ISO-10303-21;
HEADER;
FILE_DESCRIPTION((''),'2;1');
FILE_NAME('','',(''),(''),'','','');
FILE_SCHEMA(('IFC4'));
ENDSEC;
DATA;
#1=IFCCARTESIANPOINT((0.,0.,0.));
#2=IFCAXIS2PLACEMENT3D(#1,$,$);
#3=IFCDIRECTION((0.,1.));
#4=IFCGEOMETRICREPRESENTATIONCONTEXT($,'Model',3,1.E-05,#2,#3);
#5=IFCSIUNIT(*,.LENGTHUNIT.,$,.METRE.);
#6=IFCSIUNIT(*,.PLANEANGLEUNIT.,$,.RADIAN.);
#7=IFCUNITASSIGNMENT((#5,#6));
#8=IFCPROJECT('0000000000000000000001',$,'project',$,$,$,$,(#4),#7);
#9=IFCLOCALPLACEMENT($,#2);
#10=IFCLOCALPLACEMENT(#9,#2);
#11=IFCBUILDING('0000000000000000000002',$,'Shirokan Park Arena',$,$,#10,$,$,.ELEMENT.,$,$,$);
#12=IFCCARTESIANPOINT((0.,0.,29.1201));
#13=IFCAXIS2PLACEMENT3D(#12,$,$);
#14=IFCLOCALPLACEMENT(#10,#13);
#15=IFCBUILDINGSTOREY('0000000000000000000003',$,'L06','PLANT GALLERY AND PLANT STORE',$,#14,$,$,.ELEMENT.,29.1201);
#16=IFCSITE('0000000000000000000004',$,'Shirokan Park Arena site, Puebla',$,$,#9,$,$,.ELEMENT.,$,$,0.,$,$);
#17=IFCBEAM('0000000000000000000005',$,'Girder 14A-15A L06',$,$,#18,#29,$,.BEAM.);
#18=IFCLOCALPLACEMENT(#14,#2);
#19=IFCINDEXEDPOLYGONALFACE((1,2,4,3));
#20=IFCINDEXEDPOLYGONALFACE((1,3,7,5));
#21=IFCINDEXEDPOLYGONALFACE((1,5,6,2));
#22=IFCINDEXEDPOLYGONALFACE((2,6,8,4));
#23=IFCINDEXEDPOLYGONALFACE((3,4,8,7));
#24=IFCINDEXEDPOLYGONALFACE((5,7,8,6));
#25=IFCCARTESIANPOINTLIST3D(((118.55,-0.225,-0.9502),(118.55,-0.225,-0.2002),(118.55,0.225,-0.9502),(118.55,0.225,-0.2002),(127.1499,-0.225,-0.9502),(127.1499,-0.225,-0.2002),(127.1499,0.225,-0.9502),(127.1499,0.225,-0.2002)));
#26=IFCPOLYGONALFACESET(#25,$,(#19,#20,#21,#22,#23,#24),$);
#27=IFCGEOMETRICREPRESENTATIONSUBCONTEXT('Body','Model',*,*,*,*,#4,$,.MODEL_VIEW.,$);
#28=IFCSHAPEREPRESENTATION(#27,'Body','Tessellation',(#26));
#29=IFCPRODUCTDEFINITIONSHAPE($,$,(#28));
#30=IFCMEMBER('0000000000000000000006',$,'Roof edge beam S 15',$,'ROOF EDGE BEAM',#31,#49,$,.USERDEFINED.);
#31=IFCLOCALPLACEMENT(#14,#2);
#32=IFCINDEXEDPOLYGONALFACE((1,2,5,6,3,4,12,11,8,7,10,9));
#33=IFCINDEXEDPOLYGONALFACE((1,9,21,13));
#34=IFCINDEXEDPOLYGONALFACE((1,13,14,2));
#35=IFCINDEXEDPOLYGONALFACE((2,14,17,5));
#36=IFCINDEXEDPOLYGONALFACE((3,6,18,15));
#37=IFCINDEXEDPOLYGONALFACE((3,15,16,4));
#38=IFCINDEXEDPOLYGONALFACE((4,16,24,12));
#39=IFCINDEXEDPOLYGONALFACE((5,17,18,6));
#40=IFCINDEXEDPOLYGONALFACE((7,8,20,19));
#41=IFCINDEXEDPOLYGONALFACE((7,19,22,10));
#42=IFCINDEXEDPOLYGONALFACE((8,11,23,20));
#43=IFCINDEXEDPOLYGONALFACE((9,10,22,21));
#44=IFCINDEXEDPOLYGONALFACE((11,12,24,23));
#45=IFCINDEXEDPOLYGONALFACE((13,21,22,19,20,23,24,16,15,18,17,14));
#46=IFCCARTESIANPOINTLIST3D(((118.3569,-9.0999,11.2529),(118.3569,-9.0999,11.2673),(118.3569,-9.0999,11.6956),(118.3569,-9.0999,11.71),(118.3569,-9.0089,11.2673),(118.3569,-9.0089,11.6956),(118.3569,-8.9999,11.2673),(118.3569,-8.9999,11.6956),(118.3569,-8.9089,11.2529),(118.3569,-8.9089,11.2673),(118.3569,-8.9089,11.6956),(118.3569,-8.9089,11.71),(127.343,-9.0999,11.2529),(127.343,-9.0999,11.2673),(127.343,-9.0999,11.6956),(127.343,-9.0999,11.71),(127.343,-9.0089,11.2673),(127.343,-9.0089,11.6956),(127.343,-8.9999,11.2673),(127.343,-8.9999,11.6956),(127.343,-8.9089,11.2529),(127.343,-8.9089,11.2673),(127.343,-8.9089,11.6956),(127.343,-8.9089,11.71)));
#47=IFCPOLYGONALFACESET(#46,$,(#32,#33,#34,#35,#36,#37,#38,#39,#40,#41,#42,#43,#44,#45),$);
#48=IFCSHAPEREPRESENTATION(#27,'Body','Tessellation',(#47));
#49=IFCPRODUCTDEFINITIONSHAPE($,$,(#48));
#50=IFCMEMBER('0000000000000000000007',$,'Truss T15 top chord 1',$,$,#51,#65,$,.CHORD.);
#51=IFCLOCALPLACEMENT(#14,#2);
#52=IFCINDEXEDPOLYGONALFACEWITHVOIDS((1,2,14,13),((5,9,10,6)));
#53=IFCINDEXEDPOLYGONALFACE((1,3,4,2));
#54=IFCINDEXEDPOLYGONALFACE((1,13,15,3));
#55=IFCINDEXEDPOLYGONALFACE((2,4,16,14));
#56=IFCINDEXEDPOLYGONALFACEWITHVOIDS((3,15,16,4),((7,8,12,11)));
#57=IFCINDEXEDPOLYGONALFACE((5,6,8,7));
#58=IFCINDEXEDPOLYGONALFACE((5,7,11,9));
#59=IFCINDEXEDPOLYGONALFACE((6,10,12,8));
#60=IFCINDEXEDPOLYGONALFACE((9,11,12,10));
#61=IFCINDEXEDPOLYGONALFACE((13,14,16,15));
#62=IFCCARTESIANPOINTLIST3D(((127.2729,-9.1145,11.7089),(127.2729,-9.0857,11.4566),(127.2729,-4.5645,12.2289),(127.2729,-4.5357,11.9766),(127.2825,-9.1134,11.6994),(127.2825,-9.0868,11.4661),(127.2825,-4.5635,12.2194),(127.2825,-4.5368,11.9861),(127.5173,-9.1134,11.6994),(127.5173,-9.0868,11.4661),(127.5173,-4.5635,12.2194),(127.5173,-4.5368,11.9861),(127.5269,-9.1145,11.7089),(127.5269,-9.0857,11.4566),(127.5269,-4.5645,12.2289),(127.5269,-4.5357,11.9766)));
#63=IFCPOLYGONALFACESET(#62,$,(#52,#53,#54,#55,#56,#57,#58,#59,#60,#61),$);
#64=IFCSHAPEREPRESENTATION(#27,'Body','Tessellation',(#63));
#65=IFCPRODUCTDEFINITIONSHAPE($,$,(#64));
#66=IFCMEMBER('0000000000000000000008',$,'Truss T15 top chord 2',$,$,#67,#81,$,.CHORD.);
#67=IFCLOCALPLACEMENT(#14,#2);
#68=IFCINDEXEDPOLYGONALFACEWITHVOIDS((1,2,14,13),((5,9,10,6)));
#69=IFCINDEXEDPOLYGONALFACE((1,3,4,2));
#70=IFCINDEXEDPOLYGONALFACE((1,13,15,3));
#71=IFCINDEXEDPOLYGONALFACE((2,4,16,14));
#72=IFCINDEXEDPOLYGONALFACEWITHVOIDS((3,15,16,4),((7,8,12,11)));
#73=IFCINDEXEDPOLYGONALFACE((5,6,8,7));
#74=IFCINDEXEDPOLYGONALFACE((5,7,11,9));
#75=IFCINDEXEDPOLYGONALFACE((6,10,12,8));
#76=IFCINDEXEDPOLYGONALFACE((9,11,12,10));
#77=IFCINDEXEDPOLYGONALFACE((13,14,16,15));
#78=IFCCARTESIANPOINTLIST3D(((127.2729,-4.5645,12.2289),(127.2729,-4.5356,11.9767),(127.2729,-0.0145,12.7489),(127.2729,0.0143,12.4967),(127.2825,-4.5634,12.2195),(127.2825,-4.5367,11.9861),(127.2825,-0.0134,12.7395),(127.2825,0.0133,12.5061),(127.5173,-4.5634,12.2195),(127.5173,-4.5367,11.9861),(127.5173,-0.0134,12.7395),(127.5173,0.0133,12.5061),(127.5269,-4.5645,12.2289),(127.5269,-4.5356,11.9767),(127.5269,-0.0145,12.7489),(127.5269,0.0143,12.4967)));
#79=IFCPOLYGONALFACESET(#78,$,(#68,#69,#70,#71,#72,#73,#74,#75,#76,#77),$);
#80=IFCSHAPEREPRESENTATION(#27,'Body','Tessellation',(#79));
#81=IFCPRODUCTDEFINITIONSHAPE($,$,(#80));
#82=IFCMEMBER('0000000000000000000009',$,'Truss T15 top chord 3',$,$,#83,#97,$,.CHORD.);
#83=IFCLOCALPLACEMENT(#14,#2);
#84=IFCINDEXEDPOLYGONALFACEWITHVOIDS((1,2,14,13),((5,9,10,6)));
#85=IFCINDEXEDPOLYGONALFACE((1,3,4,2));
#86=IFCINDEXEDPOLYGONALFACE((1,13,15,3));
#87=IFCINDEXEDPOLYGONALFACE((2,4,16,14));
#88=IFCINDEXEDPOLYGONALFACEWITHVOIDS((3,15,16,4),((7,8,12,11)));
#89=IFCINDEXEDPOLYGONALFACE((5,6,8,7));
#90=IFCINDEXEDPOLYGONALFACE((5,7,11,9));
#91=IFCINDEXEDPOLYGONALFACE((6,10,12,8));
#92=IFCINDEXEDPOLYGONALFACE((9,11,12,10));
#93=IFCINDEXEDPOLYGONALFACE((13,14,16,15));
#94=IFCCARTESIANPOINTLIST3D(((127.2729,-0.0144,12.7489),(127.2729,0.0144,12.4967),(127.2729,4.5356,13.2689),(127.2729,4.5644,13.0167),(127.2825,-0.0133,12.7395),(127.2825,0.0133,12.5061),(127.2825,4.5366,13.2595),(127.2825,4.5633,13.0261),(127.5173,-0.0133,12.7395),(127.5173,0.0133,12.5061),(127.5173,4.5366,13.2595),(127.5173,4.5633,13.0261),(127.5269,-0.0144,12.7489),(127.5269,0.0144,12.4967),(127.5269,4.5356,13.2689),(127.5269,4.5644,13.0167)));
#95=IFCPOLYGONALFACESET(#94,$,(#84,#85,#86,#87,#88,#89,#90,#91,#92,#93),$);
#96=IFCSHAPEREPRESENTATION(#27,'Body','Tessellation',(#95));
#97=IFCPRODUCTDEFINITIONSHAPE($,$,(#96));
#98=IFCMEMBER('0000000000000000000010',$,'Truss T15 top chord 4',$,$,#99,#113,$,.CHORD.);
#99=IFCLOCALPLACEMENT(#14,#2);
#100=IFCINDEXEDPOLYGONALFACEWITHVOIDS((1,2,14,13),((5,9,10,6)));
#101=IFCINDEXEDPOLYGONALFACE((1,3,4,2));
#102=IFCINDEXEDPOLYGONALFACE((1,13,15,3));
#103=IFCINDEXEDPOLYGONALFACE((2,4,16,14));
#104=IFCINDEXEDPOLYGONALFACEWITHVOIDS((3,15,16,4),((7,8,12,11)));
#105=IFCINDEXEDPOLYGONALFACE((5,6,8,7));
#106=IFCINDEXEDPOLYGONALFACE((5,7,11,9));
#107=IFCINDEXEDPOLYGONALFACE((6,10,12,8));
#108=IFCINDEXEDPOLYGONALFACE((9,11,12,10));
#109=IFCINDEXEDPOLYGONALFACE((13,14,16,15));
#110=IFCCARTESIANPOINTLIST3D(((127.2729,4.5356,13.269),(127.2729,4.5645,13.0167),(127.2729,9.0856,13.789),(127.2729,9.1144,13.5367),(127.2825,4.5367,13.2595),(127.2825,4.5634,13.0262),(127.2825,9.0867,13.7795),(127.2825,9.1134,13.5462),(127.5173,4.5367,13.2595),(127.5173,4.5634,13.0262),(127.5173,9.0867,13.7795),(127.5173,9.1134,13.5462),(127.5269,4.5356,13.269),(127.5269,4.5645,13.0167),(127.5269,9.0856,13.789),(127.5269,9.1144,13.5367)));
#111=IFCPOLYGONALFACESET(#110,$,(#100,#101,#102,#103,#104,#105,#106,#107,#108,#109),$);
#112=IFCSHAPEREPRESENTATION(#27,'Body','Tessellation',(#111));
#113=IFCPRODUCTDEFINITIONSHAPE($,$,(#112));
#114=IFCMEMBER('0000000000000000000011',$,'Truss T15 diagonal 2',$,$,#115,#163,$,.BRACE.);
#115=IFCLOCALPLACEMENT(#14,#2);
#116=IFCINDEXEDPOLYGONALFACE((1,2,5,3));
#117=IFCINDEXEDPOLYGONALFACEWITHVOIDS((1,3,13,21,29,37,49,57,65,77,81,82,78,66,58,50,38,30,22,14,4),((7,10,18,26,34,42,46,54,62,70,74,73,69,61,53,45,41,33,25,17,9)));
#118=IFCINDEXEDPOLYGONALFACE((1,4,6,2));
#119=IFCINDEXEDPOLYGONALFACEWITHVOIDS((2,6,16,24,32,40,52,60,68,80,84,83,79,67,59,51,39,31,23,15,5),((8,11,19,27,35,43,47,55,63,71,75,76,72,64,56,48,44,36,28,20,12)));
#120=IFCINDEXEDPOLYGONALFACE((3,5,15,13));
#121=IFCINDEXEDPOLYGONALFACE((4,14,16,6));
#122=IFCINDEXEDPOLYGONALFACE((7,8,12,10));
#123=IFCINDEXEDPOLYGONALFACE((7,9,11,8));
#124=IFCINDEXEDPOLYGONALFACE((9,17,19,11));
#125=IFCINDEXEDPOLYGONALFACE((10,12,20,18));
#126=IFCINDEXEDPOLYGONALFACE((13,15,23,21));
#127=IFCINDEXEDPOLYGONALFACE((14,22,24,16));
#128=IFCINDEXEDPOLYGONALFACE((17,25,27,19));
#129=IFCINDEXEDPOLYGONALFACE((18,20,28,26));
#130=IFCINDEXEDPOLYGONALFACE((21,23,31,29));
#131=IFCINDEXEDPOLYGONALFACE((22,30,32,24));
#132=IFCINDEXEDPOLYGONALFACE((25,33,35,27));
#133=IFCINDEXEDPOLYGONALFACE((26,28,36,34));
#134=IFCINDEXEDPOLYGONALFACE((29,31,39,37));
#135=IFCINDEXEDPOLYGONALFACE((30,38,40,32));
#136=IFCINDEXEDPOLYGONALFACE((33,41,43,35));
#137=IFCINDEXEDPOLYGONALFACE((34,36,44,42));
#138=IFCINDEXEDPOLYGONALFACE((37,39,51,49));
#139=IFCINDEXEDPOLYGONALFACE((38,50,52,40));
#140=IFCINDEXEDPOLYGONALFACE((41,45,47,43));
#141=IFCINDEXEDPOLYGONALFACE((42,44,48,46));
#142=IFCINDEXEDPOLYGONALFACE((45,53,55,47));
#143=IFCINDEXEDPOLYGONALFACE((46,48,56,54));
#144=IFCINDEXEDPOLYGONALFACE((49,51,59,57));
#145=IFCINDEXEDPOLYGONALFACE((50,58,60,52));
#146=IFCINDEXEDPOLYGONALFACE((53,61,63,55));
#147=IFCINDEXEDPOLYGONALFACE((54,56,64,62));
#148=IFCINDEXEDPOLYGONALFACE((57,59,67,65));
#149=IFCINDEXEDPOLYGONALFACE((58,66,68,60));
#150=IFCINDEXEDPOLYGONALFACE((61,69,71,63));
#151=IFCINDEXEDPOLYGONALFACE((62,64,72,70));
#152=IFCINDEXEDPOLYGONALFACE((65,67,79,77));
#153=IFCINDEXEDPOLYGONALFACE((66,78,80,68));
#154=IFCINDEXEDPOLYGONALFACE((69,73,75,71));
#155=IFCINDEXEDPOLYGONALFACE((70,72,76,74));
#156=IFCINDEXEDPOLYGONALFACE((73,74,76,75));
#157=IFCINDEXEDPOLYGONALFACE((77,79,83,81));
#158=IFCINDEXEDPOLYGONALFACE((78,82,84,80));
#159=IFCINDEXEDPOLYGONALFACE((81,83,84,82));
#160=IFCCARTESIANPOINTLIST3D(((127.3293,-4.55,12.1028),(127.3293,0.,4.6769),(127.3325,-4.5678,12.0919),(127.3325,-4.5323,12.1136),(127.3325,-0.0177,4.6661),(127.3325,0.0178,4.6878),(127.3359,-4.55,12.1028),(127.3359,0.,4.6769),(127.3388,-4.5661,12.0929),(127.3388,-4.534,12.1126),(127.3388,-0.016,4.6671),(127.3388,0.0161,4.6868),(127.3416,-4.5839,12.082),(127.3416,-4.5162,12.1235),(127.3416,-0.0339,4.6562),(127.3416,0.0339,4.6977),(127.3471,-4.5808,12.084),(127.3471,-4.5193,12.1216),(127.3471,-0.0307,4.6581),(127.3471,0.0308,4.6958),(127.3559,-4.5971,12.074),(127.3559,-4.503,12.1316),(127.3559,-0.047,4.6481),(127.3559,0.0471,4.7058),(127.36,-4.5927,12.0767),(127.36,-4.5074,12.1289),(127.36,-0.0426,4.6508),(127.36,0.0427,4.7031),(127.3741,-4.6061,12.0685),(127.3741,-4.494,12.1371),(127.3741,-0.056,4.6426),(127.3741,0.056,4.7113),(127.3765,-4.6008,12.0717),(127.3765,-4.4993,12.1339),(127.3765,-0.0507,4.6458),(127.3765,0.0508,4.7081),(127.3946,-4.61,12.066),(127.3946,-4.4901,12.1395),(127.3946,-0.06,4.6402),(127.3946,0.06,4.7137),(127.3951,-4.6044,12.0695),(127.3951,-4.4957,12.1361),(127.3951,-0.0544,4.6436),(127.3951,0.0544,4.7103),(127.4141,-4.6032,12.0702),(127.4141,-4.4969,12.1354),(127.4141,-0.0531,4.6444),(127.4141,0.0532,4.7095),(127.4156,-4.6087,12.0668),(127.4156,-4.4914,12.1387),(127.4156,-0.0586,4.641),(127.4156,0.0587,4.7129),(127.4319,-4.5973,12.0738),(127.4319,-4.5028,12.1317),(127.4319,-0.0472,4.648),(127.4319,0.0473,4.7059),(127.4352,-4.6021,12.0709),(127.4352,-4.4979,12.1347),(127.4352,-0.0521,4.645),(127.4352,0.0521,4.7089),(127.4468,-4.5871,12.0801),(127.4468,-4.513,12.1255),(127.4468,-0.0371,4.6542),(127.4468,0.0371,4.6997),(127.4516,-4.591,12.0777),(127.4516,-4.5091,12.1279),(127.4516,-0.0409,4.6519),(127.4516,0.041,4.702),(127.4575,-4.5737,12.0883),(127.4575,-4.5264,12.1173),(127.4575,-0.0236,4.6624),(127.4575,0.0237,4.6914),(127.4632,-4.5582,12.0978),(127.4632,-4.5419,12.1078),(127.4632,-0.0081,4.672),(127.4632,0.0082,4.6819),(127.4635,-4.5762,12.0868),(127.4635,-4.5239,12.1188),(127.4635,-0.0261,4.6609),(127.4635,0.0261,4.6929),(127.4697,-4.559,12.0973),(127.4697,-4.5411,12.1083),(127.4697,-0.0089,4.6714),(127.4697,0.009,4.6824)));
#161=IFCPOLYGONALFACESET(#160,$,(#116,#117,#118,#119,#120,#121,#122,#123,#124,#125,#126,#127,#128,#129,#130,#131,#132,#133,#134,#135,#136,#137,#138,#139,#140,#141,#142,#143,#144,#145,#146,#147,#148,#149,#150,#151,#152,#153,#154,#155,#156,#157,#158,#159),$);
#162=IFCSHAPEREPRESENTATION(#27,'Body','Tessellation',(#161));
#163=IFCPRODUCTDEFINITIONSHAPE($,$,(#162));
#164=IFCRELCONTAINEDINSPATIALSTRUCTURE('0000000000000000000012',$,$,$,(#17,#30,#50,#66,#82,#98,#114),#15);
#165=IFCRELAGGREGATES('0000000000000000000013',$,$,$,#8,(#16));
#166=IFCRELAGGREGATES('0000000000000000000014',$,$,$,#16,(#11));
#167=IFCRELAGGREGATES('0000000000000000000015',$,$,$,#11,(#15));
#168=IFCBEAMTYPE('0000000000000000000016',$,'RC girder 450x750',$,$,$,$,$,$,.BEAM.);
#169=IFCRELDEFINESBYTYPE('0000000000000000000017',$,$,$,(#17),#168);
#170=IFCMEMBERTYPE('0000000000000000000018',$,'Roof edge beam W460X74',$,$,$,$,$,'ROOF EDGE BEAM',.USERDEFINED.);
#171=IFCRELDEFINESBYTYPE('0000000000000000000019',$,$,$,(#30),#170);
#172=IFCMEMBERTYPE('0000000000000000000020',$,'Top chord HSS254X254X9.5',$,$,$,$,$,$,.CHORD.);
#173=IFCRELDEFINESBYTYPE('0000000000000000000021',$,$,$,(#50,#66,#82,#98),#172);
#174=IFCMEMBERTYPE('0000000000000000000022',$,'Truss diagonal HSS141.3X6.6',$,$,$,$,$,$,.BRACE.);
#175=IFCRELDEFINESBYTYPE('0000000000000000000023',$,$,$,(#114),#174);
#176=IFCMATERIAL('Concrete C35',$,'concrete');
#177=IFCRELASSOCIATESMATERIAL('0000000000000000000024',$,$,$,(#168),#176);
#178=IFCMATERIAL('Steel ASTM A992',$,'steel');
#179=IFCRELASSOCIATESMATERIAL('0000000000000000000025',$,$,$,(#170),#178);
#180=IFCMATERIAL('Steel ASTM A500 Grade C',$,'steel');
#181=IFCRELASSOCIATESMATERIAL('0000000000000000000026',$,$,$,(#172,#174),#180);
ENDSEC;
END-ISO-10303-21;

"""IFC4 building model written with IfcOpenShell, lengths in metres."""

from ifc_helpers import new_model, si_unit, direction, frame, origin, origin_2d, place, context, subcontext, project, spatial, rectangle, hollow_rectangle, hollow_circle, i_section, extrude, material, material_profile, profile_set, type_object, element, save


model = new_model("IFC4")

# Units and contexts
model_context = context("Model", 3, precision=1e-05, world=origin(), true_north=direction((0.0, 1.0)))
body_context = subcontext(model_context, "Body", "Model", "MODEL_VIEW")
ifc_project = project(units=[si_unit("LENGTHUNIT", "METRE"), si_unit("PLANEANGLEUNIT", "RADIAN")], contexts=[model_context])

# Site, building, storey
site_placement = place(None, origin())
site = spatial("IfcSite", under=ifc_project, at=site_placement, Name="Shirokan Park Arena site, Puebla", CompositionType="ELEMENT", RefElevation=0.0)
building_placement = place(site_placement, origin())
building = spatial("IfcBuilding", under=site, at=building_placement, Name="Shirokan Park Arena", CompositionType="ELEMENT")
storey_placement = place(building_placement, frame((0.0, 0.0, 29.1201)))
storey = spatial("IfcBuildingStorey", under=building, at=storey_placement, Name="L06", Description="PLANT GALLERY AND PLANT STORE", CompositionType="ELEMENT", Elevation=29.1201)

# Shared definitions
ifc_material_1 = material(Name="Concrete C35", Category="concrete")

# Shared definitions
ifc_material_2 = material(Name="Steel ASTM A500 Grade C", Category="steel")
ifc_material_3 = material(Name="Steel ASTM A992", Category="steel")

# Beam
ifc_material_profile_1 = material_profile(ifc_material_1, rectangle(XDim=0.45, YDim=0.75, at=origin_2d()), Name="450x750")
ifc_profile_set_1 = profile_set([ifc_material_profile_1], Name="Concrete C35")
beam_type_1 = type_object("IfcBeamType", Name="RC girder 450x750", PredefinedType="BEAM", material=ifc_profile_set_1)
beam_1_placement = place(storey_placement, frame((118.55, 0.0, -0.5752), z_axis=(1.0, 0.0, 0.0), x_axis=(0.0, 1.0, 0.0)))
element("IfcBeam", 1, at=beam_1_placement, inside=storey, type_object=beam_type_1, Name="Girder 14A-15A L06", PredefinedType="BEAM", context=body_context, shape_type="SweptSolid", body=[
    extrude(rectangle(XDim=0.45, YDim=0.75, at=origin_2d()), origin(), (0.0, 0.0, 1.0), 8.5999),
])

# Members
ifc_material_profile_2 = material_profile(ifc_material_3, i_section(OverallWidth=0.1909, OverallDepth=0.457, WebThickness=0.009, FlangeThickness=0.0144, at=origin_2d()), Name="W460X74")
ifc_profile_set_2 = profile_set([ifc_material_profile_2], Name="Steel ASTM A992")
member_type_1 = type_object("IfcMemberType", Name="Roof edge beam W460X74", ElementType="ROOF EDGE BEAM", PredefinedType="USERDEFINED", material=ifc_profile_set_2)
member_1_placement = place(storey_placement, frame((118.3569, -9.0044, 11.4814), z_axis=(1.0, 0.0, 0.0), x_axis=(0.0, 1.0, 0.0)))
element("IfcMember", 2, at=member_1_placement, inside=storey, type_object=member_type_1, Name="Roof edge beam S 15", ObjectType="ROOF EDGE BEAM", PredefinedType="USERDEFINED", context=body_context, shape_type="SweptSolid", body=[
    extrude(i_section(OverallWidth=0.1909, OverallDepth=0.457, WebThickness=0.009, FlangeThickness=0.0144, at=origin_2d()), origin(), (0.0, 0.0, 1.0), 8.9861),
])
ifc_material_profile_3 = material_profile(ifc_material_2, hollow_rectangle(XDim=0.2539, YDim=0.2539, WallThickness=0.0095, at=origin_2d()), Name="HSS254X254X9.5")
ifc_profile_set_3 = profile_set([ifc_material_profile_3], Name="Steel ASTM A500 Grade C")
member_type_2 = type_object("IfcMemberType", Name="Top chord HSS254X254X9.5", PredefinedType="CHORD", material=ifc_profile_set_3)
for number, where, z_axis, x_axis, name in (
    (3, (127.3999, -9.1001, 11.5828), (0.0, 0.993532, 0.11355), (-1.0, 0.0, 0.0), "Truss T15 top chord 1"),
    (4, (127.3999, -4.55, 12.1028), (0.0, 0.993532, 0.11355), (-1.0, 0.0, 0.0), "Truss T15 top chord 2"),
    (5, (127.3999, 0.0, 12.6228), (0.0, 0.993532, 0.11355), (-1.0, 0.0, 0.0), "Truss T15 top chord 3"),
    (6, (127.3999, 4.55, 13.1428), (0.0, 0.993532, 0.11355), (-1.0, 0.0, 0.0), "Truss T15 top chord 4"),
):
    element("IfcMember", number, at=place(storey_placement, frame(where, z_axis=z_axis, x_axis=x_axis)), inside=storey, type_object=member_type_2, Name=name, PredefinedType="CHORD", context=body_context, shape_type="SweptSolid", body=[
        extrude(hollow_rectangle(XDim=0.2539, YDim=0.2539, WallThickness=0.0095, at=origin_2d()), origin(), (0.0, 0.0, 1.0), 4.5796),
    ])
ifc_material_profile_4 = material_profile(ifc_material_2, hollow_circle(Radius=0.0706, WallThickness=0.0066, at=origin_2d()), Name="HSS141.3X6.6")
ifc_profile_set_4 = profile_set([ifc_material_profile_4], Name="Steel ASTM A500 Grade C")
member_type_3 = type_object("IfcMemberType", Name="Truss diagonal HSS141.3X6.6", PredefinedType="BRACE", material=ifc_profile_set_4)
member_2_placement = place(storey_placement, frame((127.3999, -4.55, 12.1028), z_axis=(0.0, 0.522459, -0.852665), x_axis=(-1.0, 0.0, 0.0)))
element("IfcMember", 7, at=member_2_placement, inside=storey, type_object=member_type_3, Name="Truss T15 diagonal 2", PredefinedType="BRACE", context=body_context, shape_type="SweptSolid", body=[
    extrude(hollow_circle(Radius=0.0706, WallThickness=0.0066, at=origin_2d()), origin(), (0.0, 0.0, 1.0), 8.709),
])

save(model, "model.ifc")
